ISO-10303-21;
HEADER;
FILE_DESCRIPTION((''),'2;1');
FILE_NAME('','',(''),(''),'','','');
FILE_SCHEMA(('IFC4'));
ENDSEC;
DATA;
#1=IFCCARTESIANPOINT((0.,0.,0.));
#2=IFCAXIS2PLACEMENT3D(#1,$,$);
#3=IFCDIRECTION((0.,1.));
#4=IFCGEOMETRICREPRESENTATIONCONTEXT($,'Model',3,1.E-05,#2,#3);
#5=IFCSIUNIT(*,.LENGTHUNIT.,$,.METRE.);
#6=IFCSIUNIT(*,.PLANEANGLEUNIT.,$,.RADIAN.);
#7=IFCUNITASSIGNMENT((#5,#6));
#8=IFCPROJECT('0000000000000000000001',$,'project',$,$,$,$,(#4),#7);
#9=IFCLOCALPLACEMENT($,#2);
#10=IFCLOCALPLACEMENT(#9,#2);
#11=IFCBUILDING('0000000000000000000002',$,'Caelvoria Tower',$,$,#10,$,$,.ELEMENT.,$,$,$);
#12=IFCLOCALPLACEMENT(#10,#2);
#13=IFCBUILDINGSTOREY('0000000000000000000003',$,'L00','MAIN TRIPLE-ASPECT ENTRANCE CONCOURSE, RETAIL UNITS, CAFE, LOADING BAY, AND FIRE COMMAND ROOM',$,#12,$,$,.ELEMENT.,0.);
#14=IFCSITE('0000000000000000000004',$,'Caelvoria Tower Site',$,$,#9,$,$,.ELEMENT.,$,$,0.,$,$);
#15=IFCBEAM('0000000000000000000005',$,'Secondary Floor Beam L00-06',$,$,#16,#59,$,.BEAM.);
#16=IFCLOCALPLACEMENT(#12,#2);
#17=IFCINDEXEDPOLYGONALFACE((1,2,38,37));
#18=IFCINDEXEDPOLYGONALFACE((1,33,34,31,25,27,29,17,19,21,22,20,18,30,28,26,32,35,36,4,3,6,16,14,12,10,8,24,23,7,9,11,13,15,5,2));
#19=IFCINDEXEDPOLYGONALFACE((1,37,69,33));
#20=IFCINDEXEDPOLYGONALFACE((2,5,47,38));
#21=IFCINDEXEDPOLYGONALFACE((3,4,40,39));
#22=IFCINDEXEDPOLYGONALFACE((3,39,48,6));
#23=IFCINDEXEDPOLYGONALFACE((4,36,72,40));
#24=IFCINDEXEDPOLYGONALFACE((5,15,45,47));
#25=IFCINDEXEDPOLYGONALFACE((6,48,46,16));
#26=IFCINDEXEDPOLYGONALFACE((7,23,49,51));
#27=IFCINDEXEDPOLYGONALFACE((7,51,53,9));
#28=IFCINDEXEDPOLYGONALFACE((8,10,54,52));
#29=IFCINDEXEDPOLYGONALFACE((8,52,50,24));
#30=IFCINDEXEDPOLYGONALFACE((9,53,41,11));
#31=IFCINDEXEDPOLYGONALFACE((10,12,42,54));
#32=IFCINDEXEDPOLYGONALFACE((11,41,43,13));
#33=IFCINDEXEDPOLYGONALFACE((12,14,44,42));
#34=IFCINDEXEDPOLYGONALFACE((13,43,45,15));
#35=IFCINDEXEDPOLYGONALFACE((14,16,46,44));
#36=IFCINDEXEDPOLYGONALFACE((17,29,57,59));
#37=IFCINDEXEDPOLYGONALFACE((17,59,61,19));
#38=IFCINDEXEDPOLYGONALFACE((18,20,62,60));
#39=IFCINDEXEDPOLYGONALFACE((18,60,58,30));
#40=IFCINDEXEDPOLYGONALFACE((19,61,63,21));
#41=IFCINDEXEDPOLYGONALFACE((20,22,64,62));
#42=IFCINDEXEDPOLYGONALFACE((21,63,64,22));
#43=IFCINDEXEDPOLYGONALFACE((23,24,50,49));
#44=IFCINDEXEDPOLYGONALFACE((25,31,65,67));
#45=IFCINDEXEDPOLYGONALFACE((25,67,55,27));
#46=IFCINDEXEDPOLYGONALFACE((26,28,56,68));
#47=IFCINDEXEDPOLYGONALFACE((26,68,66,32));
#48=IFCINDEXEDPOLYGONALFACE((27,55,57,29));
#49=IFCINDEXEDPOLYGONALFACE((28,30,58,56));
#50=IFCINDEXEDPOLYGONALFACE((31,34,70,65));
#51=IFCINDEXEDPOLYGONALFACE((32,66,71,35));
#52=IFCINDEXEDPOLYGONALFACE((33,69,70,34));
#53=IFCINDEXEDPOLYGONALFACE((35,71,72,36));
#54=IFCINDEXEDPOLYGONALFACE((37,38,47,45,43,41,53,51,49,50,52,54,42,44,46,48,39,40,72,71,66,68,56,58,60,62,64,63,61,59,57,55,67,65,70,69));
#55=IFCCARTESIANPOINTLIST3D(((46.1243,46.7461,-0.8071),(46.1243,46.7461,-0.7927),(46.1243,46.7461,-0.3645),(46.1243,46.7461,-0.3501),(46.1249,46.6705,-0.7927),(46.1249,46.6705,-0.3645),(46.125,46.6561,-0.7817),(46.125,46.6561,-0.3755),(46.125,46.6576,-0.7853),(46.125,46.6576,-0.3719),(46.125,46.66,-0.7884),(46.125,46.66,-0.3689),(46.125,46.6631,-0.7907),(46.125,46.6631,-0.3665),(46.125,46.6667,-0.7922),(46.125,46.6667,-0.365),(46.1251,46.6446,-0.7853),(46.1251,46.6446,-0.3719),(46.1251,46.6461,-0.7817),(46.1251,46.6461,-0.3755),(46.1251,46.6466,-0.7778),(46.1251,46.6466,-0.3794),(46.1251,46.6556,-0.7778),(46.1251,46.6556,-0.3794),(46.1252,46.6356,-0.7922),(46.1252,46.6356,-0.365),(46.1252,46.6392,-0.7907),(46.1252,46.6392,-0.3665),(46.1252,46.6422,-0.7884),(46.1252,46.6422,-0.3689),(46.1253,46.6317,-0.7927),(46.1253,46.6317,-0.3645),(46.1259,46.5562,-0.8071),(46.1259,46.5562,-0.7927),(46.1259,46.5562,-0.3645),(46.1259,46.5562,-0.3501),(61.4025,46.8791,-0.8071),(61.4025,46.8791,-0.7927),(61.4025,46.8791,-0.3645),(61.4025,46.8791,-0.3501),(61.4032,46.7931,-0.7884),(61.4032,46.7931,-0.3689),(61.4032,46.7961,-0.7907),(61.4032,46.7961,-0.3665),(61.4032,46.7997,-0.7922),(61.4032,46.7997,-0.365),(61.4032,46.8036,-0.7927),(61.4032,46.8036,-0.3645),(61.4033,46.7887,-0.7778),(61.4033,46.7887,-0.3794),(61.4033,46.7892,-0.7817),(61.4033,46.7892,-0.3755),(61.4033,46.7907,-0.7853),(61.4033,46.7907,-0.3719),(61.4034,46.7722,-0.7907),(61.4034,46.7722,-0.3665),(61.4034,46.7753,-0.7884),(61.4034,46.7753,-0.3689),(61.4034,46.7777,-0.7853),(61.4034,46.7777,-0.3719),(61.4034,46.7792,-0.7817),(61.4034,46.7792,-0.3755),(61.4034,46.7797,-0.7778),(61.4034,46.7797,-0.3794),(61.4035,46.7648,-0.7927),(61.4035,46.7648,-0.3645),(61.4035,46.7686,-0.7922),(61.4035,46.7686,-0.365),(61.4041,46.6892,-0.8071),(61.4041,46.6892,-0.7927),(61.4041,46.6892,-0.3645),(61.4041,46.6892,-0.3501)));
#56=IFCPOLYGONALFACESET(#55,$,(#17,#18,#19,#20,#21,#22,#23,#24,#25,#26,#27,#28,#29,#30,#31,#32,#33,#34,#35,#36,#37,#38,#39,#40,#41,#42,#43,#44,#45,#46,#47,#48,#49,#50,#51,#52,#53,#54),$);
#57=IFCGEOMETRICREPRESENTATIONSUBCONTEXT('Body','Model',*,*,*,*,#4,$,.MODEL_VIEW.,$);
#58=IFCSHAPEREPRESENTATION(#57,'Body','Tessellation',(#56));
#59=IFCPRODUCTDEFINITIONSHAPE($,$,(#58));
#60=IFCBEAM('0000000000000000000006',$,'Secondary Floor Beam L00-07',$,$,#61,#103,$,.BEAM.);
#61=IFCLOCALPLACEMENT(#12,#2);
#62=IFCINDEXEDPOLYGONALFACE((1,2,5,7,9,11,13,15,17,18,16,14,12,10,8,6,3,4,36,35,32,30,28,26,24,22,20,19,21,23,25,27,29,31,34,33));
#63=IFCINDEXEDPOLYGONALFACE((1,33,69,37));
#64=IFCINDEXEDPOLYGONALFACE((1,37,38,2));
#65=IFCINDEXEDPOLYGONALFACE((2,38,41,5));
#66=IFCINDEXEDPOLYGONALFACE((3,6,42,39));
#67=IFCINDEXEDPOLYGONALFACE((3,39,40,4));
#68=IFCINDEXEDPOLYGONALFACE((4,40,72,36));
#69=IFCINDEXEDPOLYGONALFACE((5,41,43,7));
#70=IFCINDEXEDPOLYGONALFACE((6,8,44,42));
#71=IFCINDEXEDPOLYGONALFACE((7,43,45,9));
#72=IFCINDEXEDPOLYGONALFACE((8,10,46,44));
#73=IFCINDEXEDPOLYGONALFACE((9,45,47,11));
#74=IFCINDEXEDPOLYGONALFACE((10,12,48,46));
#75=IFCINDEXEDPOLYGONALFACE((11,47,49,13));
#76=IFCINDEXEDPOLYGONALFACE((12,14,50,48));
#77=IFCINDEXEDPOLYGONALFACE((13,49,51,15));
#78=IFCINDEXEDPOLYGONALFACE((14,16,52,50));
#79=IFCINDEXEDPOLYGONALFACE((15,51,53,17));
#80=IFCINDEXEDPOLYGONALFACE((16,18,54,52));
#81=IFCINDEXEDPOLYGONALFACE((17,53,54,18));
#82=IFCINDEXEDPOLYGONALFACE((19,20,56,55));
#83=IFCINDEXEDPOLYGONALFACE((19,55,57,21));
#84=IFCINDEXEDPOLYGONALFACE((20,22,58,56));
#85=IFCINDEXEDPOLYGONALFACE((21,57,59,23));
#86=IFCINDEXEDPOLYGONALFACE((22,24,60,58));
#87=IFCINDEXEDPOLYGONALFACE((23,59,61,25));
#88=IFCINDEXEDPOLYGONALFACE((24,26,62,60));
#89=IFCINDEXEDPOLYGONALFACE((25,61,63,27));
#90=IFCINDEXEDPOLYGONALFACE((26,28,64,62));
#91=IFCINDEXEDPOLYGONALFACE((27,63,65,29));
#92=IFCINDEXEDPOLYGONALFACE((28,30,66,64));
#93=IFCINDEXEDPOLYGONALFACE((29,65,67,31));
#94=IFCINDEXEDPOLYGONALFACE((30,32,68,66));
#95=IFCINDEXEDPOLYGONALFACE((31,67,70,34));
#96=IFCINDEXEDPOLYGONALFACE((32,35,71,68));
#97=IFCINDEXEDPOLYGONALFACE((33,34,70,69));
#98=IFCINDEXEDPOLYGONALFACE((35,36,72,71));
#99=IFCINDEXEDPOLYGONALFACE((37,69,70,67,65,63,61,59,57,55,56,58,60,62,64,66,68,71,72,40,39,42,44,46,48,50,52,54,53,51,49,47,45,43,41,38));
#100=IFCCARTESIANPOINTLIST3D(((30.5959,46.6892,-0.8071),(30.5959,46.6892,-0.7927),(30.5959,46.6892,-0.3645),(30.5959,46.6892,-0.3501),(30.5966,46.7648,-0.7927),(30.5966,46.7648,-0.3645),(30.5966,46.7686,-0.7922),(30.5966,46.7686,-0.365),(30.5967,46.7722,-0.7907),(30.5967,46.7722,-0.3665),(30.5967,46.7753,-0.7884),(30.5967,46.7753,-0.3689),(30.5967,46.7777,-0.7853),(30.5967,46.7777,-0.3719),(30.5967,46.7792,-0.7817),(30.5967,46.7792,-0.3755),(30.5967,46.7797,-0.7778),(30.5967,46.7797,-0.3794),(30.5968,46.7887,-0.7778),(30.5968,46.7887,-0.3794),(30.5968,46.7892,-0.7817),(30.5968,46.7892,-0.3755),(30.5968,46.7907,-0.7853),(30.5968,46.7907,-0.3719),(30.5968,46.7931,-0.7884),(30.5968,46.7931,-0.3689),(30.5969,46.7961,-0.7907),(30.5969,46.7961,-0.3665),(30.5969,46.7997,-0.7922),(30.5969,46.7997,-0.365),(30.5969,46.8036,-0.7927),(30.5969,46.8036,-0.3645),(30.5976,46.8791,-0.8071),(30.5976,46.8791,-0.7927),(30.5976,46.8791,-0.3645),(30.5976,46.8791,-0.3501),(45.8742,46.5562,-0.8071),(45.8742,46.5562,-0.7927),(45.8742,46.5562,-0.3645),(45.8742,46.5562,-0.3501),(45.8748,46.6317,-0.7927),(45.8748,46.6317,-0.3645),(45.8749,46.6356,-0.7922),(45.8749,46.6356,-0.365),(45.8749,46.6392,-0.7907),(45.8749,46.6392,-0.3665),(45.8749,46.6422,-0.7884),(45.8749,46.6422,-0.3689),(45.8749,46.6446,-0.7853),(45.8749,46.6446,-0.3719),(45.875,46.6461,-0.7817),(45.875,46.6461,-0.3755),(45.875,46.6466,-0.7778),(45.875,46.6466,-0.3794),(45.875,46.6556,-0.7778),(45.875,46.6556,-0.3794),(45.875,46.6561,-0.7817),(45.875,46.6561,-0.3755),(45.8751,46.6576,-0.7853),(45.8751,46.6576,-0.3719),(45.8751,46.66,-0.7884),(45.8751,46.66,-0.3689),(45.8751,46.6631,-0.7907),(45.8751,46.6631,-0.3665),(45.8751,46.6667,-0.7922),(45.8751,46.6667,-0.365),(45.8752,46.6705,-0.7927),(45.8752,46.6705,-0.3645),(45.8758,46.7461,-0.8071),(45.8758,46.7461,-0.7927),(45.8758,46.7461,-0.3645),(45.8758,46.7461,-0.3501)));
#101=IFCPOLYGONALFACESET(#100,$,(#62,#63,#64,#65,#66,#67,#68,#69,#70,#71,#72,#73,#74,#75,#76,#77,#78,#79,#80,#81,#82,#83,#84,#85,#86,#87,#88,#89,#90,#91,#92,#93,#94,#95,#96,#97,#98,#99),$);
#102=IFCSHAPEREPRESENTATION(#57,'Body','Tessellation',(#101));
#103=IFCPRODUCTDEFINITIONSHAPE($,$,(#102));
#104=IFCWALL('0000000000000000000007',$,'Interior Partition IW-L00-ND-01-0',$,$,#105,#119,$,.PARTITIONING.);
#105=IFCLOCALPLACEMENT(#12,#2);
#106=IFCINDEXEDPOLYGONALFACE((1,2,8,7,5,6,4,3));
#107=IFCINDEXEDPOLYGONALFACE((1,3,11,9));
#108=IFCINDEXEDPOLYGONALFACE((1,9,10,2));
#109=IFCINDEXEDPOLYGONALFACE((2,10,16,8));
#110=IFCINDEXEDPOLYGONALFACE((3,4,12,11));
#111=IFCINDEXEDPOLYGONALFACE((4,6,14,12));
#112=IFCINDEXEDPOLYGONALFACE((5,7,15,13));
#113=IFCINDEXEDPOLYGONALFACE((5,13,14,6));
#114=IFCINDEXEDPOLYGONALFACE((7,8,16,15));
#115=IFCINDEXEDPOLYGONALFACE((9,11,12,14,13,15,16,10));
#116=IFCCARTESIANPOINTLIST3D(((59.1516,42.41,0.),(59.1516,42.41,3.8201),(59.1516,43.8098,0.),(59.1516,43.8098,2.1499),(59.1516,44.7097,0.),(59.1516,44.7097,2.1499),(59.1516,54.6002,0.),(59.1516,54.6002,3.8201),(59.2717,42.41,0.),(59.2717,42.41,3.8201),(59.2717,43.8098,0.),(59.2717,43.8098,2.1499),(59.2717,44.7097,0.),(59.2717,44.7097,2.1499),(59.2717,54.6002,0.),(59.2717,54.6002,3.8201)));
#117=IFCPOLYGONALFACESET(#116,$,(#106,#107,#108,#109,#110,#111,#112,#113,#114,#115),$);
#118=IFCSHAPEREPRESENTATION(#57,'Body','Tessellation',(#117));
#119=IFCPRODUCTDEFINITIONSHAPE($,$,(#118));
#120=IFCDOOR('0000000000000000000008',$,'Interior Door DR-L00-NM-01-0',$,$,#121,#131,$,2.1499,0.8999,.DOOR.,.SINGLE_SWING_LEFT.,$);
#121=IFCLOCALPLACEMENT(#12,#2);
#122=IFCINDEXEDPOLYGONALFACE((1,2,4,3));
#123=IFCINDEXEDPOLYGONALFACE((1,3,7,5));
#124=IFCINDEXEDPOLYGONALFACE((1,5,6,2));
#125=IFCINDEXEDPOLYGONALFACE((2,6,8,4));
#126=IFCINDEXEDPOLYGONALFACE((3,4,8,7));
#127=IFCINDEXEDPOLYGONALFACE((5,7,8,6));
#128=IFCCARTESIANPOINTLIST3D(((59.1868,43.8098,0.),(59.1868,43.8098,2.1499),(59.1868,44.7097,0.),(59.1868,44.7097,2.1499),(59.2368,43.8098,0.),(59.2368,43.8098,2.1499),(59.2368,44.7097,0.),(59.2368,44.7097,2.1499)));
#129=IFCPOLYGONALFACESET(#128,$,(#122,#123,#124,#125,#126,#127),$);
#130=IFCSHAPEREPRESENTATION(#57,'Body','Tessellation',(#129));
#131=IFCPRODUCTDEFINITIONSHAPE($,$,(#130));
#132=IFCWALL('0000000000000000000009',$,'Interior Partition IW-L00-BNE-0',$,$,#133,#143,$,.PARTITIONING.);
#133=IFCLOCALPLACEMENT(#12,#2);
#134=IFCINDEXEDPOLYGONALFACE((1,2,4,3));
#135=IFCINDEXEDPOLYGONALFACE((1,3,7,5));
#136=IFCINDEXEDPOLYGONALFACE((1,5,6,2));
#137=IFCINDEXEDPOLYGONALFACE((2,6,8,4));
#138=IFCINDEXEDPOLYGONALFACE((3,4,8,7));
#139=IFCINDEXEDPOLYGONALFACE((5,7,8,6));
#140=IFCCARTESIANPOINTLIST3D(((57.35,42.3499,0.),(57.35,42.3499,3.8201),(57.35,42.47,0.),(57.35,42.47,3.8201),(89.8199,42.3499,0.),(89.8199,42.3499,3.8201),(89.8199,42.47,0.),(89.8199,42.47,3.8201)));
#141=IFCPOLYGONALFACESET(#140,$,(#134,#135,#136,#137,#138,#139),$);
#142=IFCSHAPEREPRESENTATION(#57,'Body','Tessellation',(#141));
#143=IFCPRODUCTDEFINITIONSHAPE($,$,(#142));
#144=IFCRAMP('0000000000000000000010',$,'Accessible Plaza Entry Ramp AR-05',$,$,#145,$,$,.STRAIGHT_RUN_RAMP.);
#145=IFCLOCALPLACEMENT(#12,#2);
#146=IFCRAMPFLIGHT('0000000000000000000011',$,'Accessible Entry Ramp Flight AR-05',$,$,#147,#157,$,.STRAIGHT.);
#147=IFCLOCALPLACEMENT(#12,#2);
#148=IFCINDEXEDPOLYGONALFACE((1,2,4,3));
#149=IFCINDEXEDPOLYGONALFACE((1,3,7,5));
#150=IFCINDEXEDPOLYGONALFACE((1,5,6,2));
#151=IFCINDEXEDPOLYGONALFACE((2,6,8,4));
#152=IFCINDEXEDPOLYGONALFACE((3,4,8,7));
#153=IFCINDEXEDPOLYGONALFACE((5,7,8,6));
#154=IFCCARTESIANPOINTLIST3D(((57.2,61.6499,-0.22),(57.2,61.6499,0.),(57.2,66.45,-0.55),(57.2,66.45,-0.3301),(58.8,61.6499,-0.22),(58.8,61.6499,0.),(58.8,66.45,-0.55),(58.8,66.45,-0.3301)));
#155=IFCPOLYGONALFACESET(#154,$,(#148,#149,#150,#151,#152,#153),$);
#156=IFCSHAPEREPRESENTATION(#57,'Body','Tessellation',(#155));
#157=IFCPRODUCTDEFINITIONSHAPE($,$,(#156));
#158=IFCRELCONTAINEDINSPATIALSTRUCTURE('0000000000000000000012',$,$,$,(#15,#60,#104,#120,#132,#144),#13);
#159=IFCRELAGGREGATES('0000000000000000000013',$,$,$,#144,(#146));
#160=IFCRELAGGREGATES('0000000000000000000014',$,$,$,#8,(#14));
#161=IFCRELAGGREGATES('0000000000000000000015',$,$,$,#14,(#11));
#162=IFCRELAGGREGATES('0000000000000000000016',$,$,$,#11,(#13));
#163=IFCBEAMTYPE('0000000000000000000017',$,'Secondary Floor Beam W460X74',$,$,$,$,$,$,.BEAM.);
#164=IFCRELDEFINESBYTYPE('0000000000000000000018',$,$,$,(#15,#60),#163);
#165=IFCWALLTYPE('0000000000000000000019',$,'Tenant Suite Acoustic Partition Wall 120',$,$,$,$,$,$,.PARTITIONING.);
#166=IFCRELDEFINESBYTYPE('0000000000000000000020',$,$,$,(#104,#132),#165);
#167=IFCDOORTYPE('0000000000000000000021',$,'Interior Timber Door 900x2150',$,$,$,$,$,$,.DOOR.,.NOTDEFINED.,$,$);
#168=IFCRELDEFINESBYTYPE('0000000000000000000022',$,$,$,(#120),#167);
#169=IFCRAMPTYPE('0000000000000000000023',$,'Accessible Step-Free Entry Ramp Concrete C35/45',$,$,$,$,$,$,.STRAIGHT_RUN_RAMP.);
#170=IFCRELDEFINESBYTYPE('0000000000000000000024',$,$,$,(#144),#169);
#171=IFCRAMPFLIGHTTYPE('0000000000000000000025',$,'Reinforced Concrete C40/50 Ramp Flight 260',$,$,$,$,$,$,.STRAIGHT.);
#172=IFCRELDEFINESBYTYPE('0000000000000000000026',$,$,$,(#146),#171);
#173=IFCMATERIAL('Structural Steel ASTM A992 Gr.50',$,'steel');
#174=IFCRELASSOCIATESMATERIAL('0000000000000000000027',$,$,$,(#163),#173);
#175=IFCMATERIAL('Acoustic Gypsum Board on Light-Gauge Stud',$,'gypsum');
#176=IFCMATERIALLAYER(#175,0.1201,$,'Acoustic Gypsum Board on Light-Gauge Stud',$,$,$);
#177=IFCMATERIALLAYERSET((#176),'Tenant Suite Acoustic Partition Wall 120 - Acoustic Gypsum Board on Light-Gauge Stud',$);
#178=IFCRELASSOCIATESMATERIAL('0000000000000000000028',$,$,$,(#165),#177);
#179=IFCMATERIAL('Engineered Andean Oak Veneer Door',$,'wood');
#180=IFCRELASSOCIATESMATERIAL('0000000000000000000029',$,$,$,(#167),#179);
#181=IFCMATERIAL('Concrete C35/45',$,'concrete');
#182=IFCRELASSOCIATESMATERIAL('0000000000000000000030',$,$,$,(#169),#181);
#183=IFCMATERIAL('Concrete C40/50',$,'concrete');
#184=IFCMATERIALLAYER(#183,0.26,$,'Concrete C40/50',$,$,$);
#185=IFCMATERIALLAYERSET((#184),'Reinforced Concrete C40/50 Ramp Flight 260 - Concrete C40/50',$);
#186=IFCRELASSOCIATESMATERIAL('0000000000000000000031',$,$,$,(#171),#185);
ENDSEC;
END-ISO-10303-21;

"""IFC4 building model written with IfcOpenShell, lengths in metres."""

from ifc_helpers import new_model, si_unit, direction, frame, frame_2d, origin, origin_2d, place, context, subcontext, project, spatial, polyline, rectangle, i_section, outline, extrude, material, layer, layer_set, material_profile, profile_set, type_object, element, fill, aggregate, save


model = new_model("IFC4")

# Units and contexts
model_context = context("Model", 3, precision=1e-05, world=origin(), true_north=direction((0.0, 1.0)))
body_context = subcontext(model_context, "Body", "Model", "MODEL_VIEW")
ifc_project = project(units=[si_unit("LENGTHUNIT", "METRE"), si_unit("PLANEANGLEUNIT", "RADIAN")], contexts=[model_context])

# Site, building, storey
site_placement = place(None, origin())
site = spatial("IfcSite", under=ifc_project, at=site_placement, Name="Caelvoria Tower Site", CompositionType="ELEMENT", RefElevation=0.0)
building_placement = place(site_placement, origin())
building = spatial("IfcBuilding", under=site, at=building_placement, Name="Caelvoria Tower", CompositionType="ELEMENT")
storey_placement = place(building_placement, origin())
storey = spatial("IfcBuildingStorey", under=building, at=storey_placement, Name="L00", Description="MAIN TRIPLE-ASPECT ENTRANCE CONCOURSE, RETAIL UNITS, CAFE, LOADING BAY, AND FIRE COMMAND ROOM", CompositionType="ELEMENT", Elevation=0.0)

# Beams
ifc_material_1 = material(Name="Structural Steel ASTM A992 Gr.50", Category="steel")
ifc_material_profile_1 = material_profile(ifc_material_1, i_section(OverallWidth=0.1899, OverallDepth=0.457, WebThickness=0.009, FlangeThickness=0.0144, FilletRadius=0.0149, at=origin_2d()), Name="Structural Steel ASTM A992 Gr.50")
ifc_profile_set_1 = profile_set([ifc_material_profile_1], Name="W460X74 - Structural Steel ASTM A992 Gr.50")
beam_type_1 = type_object("IfcBeamType", Name="Secondary Floor Beam W460X74", PredefinedType="BEAM", material=ifc_profile_set_1)
for number, where, z_axis, x_axis, name in (
    (1, (61.4033, 46.7842, -0.5786), (-0.999962, -0.008709, 0.0), (0.008709, -0.999962, 0.0), "Secondary Floor Beam L00-06"),
    (2, (45.875, 46.6511, -0.5786), (-0.999962, 0.008709, 0.0), (-0.008709, -0.999962, 0.0), "Secondary Floor Beam L00-07"),
):
    element("IfcBeam", number, at=place(storey_placement, frame(where, z_axis=z_axis, x_axis=x_axis)), inside=storey, type_object=beam_type_1, Name=name, PredefinedType="BEAM", context=body_context, shape_type="SweptSolid", body=[
        extrude(i_section(OverallWidth=0.1899, OverallDepth=0.457, WebThickness=0.009, FlangeThickness=0.0144, FilletRadius=0.0149, at=origin_2d()), origin(), (0.0, 0.0, 1.0), 15.2788),
    ])

# Wall, opening, door
ifc_material_2 = material(Name="Acoustic Gypsum Board on Light-Gauge Stud", Category="gypsum")
ifc_layer_1 = layer(ifc_material_2, 0.1201, Name="Acoustic Gypsum Board on Light-Gauge Stud")
ifc_layer_set_1 = layer_set([ifc_layer_1], Name="Tenant Suite Acoustic Partition Wall 120 - Acoustic Gypsum Board on Light-Gauge Stud")
wall_type = type_object("IfcWallType", Name="Tenant Suite Acoustic Partition Wall 120", PredefinedType="PARTITIONING", material=ifc_layer_set_1)
wall_1_placement = place(storey_placement, frame((59.2117, 42.4099, 0.0), z_axis=(0.0, 0.0, 1.0), x_axis=(0.0, 1.0, 0.0)))
wall_1 = element("IfcWall", 3, at=wall_1_placement, inside=storey, type_object=wall_type, Name="Interior Partition IW-L00-ND-01-0", PredefinedType="PARTITIONING", context=body_context, shape_type="SweptSolid", body=[
    extrude(rectangle(XDim=12.1902, YDim=0.1201, at=frame_2d((6.0952, 0.0))), origin(), (0.0, 0.0, 1.0), 3.8201),
])
opening_placement = place(wall_1_placement, frame((1.3999, 0.0, 0.0)))
opening = element("IfcOpeningElement", 4, at=opening_placement, cuts=wall_1, PredefinedType="OPENING", context=body_context, shape_type="SweptSolid", body=[
    extrude(rectangle(XDim=0.8999, YDim=2.1499, at=frame_2d((0.45, 1.075))), frame((0.0, 0.0701, 0.0), z_axis=(0.0, -1.0, 0.0), x_axis=(1.0, 0.0, 0.0)), (0.0, 0.0, 1.0), 0.1401),
])
ifc_material_3 = material(Name="Engineered Andean Oak Veneer Door", Category="wood")
door_type = type_object("IfcDoorType", Name="Interior Timber Door 900x2150", OperationType="NOTDEFINED", PredefinedType="DOOR", material=ifc_material_3)
door_placement = place(opening_placement, origin())
door = element("IfcDoor", 5, at=door_placement, inside=storey, type_object=door_type, Name="Interior Door DR-L00-NM-01-0", OperationType="SINGLE_SWING_LEFT", OverallHeight=2.1499, OverallWidth=0.8999, PredefinedType="DOOR", context=body_context, shape_type="SweptSolid", body=[
    extrude(rectangle(XDim=0.8999, YDim=2.1499, at=frame_2d((0.45, 1.075))), frame((0.0, 0.0249, 0.0), z_axis=(0.0, -1.0, 0.0), x_axis=(1.0, 0.0, 0.0)), (0.0, 0.0, 1.0), 0.05),
])
fill(opening, door)

# Wall
wall_2_placement = place(storey_placement, frame((57.3501, 42.4099, 0.0), z_axis=(0.0, 0.0, 1.0), x_axis=(1.0, 0.0, 0.0)))
element("IfcWall", 6, at=wall_2_placement, inside=storey, type_object=wall_type, Name="Interior Partition IW-L00-BNE-0", PredefinedType="PARTITIONING", context=body_context, shape_type="SweptSolid", body=[
    extrude(rectangle(XDim=32.47, YDim=0.1201, at=frame_2d((16.2349, 0.0))), origin(), (0.0, 0.0, 1.0), 3.8201),
])

# Ramp, ramp flight
ifc_material_4 = material(Name="Concrete C35/45", Category="concrete")
ramp_type = type_object("IfcRampType", Name="Accessible Step-Free Entry Ramp Concrete C35/45", PredefinedType="STRAIGHT_RUN_RAMP", material=ifc_material_4)
ramp_placement = place(storey_placement, origin())
ramp = element("IfcRamp", 7, at=ramp_placement, inside=storey, type_object=ramp_type, Name="Accessible Plaza Entry Ramp AR-05", PredefinedType="STRAIGHT_RUN_RAMP")
ifc_material_5 = material(Name="Concrete C40/50", Category="concrete")
ifc_layer_2 = layer(ifc_material_5, 0.26, Name="Concrete C40/50")
ifc_layer_set_2 = layer_set([ifc_layer_2], Name="Reinforced Concrete C40/50 Ramp Flight 260 - Concrete C40/50")
ramp_flight_type = type_object("IfcRampFlightType", Name="Reinforced Concrete C40/50 Ramp Flight 260", PredefinedType="STRAIGHT", material=ifc_layer_set_2)
ramp_flight_placement = place(storey_placement, frame((58.0, 66.45, -0.3301), z_axis=(0.0, 0.0, 1.0), x_axis=(0.0, -1.0, 0.0)))
ramp_flight = element("IfcRampFlight", 8, at=ramp_flight_placement, type_object=ramp_flight_type, Name="Accessible Entry Ramp Flight AR-05", PredefinedType="STRAIGHT", context=body_context, shape_type="SweptSolid", body=[
    extrude(outline(polyline([(0.0, 0.0), (4.8, 0.3301), (4.8, 0.1101), (0.0, -0.22), (0.0, 0.0)])), frame((0.0, 0.8, 0.0), z_axis=(0.0, -1.0, 0.0), x_axis=(1.0, 0.0, 0.0)), (0.0, 0.0, 1.0), 1.6001),
])
aggregate(ramp, [ramp_flight])

save(model, "model.ifc")
